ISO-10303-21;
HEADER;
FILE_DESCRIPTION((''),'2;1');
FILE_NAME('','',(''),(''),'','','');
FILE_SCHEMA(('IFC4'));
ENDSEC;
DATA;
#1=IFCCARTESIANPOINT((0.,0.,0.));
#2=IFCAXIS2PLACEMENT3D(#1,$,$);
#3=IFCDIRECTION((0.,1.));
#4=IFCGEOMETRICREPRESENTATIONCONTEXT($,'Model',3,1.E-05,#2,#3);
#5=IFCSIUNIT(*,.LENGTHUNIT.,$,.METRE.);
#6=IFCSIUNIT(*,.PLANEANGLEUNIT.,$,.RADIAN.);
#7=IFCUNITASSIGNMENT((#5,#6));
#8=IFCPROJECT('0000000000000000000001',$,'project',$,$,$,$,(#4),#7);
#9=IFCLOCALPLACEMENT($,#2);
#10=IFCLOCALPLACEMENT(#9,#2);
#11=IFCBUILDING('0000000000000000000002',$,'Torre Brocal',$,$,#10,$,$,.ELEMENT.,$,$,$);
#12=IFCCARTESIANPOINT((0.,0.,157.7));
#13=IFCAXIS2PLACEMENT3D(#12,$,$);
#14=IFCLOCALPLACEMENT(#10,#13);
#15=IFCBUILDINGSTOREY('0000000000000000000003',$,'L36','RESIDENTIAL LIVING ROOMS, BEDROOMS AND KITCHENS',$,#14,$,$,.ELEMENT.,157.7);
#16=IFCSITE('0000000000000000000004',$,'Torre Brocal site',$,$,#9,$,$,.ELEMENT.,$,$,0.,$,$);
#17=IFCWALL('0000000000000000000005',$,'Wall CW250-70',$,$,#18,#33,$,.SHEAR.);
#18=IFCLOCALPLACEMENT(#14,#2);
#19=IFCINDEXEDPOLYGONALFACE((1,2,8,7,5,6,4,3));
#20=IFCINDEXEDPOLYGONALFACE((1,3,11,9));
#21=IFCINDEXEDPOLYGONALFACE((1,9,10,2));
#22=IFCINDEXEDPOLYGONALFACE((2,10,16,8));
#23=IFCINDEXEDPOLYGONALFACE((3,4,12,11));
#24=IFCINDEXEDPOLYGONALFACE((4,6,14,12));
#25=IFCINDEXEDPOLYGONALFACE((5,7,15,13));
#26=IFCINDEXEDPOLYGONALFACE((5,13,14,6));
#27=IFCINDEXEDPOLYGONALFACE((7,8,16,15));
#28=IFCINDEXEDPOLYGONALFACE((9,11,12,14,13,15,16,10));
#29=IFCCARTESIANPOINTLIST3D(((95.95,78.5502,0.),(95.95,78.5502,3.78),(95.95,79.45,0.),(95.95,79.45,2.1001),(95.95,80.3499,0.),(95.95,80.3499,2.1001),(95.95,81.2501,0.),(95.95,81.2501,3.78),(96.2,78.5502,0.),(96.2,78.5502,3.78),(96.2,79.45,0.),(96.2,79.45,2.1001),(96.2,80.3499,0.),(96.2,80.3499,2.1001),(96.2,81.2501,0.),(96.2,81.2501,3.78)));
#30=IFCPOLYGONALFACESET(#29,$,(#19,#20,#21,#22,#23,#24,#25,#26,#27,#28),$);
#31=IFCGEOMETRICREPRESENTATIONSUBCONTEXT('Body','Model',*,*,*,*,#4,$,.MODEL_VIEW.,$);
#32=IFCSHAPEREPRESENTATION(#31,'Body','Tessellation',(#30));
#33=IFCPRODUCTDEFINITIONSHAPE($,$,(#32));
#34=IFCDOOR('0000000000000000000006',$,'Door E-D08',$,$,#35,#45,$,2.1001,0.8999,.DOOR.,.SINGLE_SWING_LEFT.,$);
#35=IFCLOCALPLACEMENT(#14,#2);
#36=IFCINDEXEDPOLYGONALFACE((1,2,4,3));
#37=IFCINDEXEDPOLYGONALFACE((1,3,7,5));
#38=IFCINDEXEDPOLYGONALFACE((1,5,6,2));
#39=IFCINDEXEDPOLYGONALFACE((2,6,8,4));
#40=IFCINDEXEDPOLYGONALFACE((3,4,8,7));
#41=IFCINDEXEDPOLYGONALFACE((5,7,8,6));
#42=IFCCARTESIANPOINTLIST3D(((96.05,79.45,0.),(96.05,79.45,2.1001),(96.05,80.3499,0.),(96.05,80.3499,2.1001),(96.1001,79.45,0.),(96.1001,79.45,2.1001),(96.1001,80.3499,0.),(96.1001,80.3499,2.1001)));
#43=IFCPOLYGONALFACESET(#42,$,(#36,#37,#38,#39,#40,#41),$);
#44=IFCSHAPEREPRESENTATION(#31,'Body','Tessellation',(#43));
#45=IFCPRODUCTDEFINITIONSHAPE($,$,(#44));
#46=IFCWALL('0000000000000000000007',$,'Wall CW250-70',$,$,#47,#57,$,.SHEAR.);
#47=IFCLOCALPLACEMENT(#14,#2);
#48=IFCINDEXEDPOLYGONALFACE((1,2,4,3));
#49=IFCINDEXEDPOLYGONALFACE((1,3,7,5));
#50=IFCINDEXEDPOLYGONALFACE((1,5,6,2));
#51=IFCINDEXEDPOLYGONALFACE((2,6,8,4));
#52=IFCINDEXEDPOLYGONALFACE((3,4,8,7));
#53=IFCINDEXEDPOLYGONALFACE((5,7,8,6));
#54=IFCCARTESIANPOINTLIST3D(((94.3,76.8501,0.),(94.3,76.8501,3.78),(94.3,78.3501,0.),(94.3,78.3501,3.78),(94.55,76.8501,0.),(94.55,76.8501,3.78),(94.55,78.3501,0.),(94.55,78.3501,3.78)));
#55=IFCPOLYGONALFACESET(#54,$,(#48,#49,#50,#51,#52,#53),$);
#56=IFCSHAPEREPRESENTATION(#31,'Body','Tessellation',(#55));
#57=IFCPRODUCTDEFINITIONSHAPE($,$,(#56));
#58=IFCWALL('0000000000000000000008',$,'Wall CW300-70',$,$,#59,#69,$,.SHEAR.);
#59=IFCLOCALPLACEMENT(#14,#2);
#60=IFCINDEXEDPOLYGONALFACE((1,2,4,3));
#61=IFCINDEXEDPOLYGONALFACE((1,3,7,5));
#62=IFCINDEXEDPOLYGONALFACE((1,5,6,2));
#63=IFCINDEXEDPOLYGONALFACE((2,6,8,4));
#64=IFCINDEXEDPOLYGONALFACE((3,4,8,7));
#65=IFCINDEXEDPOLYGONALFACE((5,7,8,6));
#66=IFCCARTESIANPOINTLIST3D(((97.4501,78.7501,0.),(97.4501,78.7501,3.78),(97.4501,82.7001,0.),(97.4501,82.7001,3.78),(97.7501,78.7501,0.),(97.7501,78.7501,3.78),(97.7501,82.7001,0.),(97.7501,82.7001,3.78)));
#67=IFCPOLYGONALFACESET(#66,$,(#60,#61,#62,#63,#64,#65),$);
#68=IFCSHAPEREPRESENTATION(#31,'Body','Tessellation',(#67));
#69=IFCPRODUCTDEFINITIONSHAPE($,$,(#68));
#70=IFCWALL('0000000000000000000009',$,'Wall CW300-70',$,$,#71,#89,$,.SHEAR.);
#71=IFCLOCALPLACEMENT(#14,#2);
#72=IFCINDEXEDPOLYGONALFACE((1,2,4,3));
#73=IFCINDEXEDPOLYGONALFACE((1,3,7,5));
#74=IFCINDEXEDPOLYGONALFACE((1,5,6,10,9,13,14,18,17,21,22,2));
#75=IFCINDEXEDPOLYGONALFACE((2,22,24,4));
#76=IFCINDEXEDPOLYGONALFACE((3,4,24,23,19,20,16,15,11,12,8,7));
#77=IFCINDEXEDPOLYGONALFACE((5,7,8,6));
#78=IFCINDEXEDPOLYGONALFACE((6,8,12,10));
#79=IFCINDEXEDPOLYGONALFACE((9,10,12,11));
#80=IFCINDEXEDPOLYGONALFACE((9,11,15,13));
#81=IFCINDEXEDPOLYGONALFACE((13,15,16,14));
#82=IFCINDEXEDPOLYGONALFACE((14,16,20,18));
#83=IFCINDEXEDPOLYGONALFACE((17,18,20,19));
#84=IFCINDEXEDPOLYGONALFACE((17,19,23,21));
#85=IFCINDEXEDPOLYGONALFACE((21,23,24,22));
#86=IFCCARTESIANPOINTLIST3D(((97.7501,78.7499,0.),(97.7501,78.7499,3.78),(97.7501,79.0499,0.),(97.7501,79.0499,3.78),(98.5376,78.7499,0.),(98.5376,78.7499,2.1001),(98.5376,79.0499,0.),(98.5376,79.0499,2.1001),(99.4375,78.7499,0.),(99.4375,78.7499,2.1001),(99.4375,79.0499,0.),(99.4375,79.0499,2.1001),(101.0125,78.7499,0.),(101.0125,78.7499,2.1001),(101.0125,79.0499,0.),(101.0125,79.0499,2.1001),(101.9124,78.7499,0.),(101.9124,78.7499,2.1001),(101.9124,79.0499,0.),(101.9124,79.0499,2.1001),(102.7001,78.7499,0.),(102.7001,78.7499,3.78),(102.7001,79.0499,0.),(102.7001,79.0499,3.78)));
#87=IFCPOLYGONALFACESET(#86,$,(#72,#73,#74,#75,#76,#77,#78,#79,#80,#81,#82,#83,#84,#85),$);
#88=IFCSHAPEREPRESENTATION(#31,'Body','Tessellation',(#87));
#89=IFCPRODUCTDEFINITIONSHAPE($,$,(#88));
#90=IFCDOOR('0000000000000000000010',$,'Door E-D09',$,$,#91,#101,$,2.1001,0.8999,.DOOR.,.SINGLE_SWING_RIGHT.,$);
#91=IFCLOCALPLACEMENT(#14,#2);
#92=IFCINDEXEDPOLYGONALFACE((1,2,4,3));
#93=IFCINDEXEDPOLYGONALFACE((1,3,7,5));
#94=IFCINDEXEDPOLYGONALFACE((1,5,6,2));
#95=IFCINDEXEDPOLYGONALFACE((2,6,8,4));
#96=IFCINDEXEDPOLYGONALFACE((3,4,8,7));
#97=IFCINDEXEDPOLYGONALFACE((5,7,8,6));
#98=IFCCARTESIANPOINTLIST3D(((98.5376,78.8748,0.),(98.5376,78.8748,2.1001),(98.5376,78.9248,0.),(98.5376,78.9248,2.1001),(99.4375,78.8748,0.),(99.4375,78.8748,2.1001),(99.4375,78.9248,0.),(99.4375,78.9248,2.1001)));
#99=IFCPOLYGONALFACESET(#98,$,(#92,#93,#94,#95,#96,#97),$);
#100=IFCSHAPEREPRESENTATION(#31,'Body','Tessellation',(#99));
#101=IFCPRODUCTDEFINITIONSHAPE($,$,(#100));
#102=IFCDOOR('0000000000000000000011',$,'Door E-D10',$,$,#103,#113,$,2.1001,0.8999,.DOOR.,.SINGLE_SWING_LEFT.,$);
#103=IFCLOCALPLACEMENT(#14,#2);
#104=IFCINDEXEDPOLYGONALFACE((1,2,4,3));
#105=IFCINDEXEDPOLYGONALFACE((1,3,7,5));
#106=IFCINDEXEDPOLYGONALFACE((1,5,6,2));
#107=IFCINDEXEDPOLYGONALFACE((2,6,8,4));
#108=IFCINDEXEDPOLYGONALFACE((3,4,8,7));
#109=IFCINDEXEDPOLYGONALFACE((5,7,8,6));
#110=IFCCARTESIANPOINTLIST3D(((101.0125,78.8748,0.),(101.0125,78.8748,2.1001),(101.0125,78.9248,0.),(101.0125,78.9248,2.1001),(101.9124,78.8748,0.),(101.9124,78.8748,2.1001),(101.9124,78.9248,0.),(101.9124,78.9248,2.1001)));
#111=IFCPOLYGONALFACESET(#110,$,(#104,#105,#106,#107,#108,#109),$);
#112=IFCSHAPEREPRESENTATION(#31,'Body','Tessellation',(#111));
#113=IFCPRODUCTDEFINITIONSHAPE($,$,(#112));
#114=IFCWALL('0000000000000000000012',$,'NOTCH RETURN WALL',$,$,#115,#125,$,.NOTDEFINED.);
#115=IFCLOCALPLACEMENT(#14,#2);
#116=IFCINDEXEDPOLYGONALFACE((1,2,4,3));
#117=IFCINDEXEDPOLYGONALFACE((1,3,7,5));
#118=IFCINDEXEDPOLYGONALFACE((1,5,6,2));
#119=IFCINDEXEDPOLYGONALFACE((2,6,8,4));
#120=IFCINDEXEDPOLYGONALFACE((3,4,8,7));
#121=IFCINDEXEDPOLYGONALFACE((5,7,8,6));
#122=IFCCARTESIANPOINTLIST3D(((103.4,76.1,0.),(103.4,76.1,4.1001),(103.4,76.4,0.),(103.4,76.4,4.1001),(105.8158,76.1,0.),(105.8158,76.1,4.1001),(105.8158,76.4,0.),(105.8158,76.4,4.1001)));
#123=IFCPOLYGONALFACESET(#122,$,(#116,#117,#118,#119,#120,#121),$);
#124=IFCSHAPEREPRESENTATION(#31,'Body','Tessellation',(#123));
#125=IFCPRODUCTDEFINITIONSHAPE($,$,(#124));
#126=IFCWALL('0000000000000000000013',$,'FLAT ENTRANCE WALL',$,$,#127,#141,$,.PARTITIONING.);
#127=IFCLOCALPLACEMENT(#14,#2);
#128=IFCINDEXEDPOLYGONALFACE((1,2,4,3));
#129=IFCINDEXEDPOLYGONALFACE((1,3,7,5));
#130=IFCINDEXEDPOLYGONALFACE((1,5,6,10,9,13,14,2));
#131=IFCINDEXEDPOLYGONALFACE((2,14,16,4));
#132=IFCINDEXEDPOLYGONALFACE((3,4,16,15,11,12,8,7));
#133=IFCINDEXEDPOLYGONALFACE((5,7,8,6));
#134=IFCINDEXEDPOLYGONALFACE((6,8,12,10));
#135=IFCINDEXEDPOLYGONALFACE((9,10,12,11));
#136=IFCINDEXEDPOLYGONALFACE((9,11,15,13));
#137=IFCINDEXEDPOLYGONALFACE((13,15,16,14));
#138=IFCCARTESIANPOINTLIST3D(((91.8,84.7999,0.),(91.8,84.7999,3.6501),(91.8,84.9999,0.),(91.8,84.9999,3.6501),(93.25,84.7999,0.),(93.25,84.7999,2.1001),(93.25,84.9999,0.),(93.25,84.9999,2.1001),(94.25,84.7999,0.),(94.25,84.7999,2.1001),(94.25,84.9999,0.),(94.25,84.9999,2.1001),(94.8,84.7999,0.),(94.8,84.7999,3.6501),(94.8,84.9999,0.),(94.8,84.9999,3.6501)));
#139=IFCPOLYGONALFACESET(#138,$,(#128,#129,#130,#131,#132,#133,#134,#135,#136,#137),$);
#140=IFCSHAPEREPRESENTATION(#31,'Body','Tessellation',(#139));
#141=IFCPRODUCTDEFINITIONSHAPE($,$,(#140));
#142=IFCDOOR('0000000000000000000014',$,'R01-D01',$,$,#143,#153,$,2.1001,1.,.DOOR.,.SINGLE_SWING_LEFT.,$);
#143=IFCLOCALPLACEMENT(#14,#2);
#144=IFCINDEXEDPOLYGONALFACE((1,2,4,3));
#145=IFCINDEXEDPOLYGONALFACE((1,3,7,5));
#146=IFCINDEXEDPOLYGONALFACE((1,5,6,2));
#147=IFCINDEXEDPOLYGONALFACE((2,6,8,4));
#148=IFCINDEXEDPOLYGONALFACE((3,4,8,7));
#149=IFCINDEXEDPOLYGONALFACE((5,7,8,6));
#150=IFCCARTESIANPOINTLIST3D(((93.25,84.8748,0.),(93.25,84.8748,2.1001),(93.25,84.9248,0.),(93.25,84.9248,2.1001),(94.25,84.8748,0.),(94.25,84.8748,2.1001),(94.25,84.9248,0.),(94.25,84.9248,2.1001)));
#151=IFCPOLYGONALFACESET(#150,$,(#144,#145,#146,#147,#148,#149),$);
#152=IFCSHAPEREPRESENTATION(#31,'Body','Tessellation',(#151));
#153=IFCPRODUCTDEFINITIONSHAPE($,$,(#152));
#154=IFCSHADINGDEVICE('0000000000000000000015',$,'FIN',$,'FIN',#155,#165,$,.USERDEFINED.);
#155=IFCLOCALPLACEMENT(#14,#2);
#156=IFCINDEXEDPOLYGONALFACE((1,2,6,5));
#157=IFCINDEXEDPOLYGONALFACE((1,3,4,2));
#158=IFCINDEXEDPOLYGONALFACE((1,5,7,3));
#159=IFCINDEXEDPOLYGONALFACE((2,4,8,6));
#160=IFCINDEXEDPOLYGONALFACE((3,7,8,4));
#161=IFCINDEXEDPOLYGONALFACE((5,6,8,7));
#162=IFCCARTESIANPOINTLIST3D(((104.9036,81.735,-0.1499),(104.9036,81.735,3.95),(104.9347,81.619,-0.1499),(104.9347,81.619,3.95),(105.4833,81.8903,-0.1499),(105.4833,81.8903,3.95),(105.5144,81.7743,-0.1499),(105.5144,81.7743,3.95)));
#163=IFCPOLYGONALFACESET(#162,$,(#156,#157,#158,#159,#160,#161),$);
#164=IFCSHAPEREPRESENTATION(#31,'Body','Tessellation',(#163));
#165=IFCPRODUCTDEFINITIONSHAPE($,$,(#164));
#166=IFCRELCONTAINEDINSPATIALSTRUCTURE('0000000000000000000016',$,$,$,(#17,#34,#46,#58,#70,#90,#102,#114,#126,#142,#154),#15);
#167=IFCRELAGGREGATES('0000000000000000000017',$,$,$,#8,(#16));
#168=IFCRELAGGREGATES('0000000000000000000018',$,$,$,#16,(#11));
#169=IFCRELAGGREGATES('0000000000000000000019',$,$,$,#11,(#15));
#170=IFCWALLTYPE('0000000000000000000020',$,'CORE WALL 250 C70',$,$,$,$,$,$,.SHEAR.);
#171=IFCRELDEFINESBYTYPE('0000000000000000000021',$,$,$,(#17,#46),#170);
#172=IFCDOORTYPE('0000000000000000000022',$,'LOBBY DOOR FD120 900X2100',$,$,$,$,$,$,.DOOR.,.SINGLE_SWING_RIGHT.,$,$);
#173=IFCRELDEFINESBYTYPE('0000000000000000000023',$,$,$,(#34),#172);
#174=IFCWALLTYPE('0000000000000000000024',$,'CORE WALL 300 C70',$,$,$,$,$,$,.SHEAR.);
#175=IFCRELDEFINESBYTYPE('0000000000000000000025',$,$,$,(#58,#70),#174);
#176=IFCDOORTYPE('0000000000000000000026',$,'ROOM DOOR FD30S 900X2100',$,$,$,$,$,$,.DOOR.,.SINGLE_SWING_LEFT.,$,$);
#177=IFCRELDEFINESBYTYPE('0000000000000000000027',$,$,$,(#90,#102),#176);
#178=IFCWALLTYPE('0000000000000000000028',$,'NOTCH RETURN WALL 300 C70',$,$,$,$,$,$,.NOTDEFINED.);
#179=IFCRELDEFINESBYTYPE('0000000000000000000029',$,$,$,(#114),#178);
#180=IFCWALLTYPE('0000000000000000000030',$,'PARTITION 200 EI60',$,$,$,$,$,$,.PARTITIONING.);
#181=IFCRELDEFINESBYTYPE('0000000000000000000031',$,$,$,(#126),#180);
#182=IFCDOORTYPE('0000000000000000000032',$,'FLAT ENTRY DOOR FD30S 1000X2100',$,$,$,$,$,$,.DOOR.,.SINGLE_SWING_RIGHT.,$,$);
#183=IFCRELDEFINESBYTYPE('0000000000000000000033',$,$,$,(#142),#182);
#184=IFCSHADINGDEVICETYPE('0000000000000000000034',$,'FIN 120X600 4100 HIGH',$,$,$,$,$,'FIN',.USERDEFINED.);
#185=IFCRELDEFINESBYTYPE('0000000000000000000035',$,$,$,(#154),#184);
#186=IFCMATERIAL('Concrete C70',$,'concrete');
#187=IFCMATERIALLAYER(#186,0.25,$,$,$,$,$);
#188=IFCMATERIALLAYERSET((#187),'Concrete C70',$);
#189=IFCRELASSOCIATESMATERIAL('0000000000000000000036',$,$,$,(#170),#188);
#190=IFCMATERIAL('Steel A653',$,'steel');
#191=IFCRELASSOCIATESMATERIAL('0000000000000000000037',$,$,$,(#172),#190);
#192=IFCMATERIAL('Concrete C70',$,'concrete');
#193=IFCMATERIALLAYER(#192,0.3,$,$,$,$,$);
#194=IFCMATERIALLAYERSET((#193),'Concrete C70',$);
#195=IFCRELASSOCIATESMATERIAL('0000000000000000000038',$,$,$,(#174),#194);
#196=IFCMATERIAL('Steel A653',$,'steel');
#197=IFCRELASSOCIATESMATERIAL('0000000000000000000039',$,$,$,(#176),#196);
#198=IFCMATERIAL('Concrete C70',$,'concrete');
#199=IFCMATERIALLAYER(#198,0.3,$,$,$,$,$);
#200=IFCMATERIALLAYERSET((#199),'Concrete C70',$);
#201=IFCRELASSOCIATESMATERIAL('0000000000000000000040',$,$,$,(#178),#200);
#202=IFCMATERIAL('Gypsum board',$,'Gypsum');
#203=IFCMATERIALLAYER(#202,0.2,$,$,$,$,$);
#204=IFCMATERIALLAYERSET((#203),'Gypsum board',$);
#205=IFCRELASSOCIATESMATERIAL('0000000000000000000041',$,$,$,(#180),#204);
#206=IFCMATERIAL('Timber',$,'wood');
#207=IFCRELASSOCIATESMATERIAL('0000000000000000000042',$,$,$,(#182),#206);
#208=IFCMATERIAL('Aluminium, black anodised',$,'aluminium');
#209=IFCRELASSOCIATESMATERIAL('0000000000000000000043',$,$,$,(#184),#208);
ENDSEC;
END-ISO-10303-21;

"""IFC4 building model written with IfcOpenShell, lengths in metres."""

from ifc_helpers import new_model, si_unit, direction, frame, frame_2d, origin, origin_2d, place, context, subcontext, project, spatial, rectangle, extrude, material, layer, layer_set, material_profile, profile_set, type_object, element, fill, save


model = new_model("IFC4")

# Units and contexts
model_context = context("Model", 3, precision=1e-05, world=origin(), true_north=direction((0.0, 1.0)))
body_context = subcontext(model_context, "Body", "Model", "MODEL_VIEW")
ifc_project = project(units=[si_unit("LENGTHUNIT", "METRE"), si_unit("PLANEANGLEUNIT", "RADIAN")], contexts=[model_context])

# Site, building, storey
site_placement = place(None, origin())
site = spatial("IfcSite", under=ifc_project, at=site_placement, Name="Torre Brocal site", CompositionType="ELEMENT", RefElevation=0.0)
building_placement = place(site_placement, origin())
building = spatial("IfcBuilding", under=site, at=building_placement, Name="Torre Brocal", CompositionType="ELEMENT")
storey_placement = place(building_placement, frame((0.0, 0.0, 157.7)))
storey = spatial("IfcBuildingStorey", under=building, at=storey_placement, Name="L36", Description="RESIDENTIAL LIVING ROOMS, BEDROOMS AND KITCHENS", CompositionType="ELEMENT", Elevation=157.7)

# Wall, opening, door
ifc_material_1 = material(Name="Concrete C70", Category="concrete")
ifc_layer_1 = layer(ifc_material_1, 0.25)
ifc_layer_set_1 = layer_set([ifc_layer_1], Name="Concrete C70")
wall_type_1 = type_object("IfcWallType", Name="CORE WALL 250 C70", PredefinedType="SHEAR", material=ifc_layer_set_1)
wall_1_placement = place(storey_placement, frame((96.075, 78.55, 0.0), z_axis=(0.0, 0.0, 1.0), x_axis=(0.0, 1.0, 0.0)))
wall_1 = element("IfcWall", 1, at=wall_1_placement, inside=storey, type_object=wall_type_1, Name="Wall CW250-70", PredefinedType="SHEAR", context=body_context, shape_type="SweptSolid", body=[
    extrude(rectangle(XDim=2.7, YDim=0.25, at=frame_2d((1.3501, 0.0))), origin(), (0.0, 0.0, 1.0), 3.78),
])
opening_1_placement = place(wall_1_placement, frame((0.8999, 0.0, 0.0)))
opening_1 = element("IfcOpeningElement", 2, at=opening_1_placement, cuts=wall_1, PredefinedType="OPENING", context=body_context, shape_type="SweptSolid", body=[
    extrude(rectangle(XDim=0.8999, YDim=2.1001, at=frame_2d((0.45, 1.05))), frame((0.0, 0.135, 0.0), z_axis=(0.0, -1.0, 0.0), x_axis=(1.0, 0.0, 0.0)), (0.0, 0.0, 1.0), 0.27),
])
ifc_material_2 = material(Name="Steel A653", Category="steel")
door_type_1 = type_object("IfcDoorType", Name="LOBBY DOOR FD120 900X2100", OperationType="SINGLE_SWING_RIGHT", PredefinedType="DOOR", material=ifc_material_2)
door_1_placement = place(opening_1_placement, origin())
door_1 = element("IfcDoor", 3, at=door_1_placement, inside=storey, type_object=door_type_1, Name="Door E-D08", OperationType="SINGLE_SWING_LEFT", OverallHeight=2.1001, OverallWidth=0.8999, PredefinedType="DOOR", context=body_context, shape_type="SweptSolid", body=[
    extrude(rectangle(XDim=0.8999, YDim=2.1001, at=frame_2d((0.45, 1.05))), frame((0.0, 0.0249, 0.0), z_axis=(0.0, -1.0, 0.0), x_axis=(1.0, 0.0, 0.0)), (0.0, 0.0, 1.0), 0.05),
])
fill(opening_1, door_1)

# Walls
wall_2_placement = place(storey_placement, frame((94.425, 76.8501, 0.0), z_axis=(0.0, 0.0, 1.0), x_axis=(0.0, 1.0, 0.0)))
element("IfcWall", 4, at=wall_2_placement, inside=storey, type_object=wall_type_1, Name="Wall CW250-70", PredefinedType="SHEAR", context=body_context, shape_type="SweptSolid", body=[
    extrude(rectangle(XDim=1.5, YDim=0.25, at=frame_2d((0.75, 0.0))), origin(), (0.0, 0.0, 1.0), 3.78),
])
ifc_material_3 = material(Name="Concrete C70", Category="concrete")
ifc_layer_2 = layer(ifc_material_3, 0.3)
ifc_layer_set_2 = layer_set([ifc_layer_2], Name="Concrete C70")
wall_type_2 = type_object("IfcWallType", Name="CORE WALL 300 C70", PredefinedType="SHEAR", material=ifc_layer_set_2)
wall_3_placement = place(storey_placement, frame((97.6001, 78.75, 0.0), z_axis=(0.0, 0.0, 1.0), x_axis=(0.0, 1.0, 0.0)))
element("IfcWall", 5, at=wall_3_placement, inside=storey, type_object=wall_type_2, Name="Wall CW300-70", PredefinedType="SHEAR", context=body_context, shape_type="SweptSolid", body=[
    extrude(rectangle(XDim=3.95, YDim=0.3, at=frame_2d((1.9751, 0.0))), origin(), (0.0, 0.0, 1.0), 3.78),
])

# Wall, openings, doors
wall_4_placement = place(storey_placement, frame((97.75, 78.8999, 0.0), z_axis=(0.0, 0.0, 1.0), x_axis=(1.0, 0.0, 0.0)))
wall_4 = element("IfcWall", 6, at=wall_4_placement, inside=storey, type_object=wall_type_2, Name="Wall CW300-70", PredefinedType="SHEAR", context=body_context, shape_type="SweptSolid", body=[
    extrude(rectangle(XDim=4.95, YDim=0.3, at=frame_2d((2.4751, 0.0))), origin(), (0.0, 0.0, 1.0), 3.78),
])
opening_2_placement = place(wall_4_placement, frame((0.7876, 0.0, 0.0)))
opening_2 = element("IfcOpeningElement", 7, at=opening_2_placement, cuts=wall_4, PredefinedType="OPENING", context=body_context, shape_type="SweptSolid", body=[
    extrude(rectangle(XDim=0.8999, YDim=2.1001, at=frame_2d((0.45, 1.05))), frame((0.0, 0.1599, 0.0), z_axis=(0.0, -1.0, 0.0), x_axis=(1.0, 0.0, 0.0)), (0.0, 0.0, 1.0), 0.3201),
])
opening_3_placement = place(wall_4_placement, frame((3.2625, 0.0, 0.0)))
opening_3 = element("IfcOpeningElement", 8, at=opening_3_placement, cuts=wall_4, PredefinedType="OPENING", context=body_context, shape_type="SweptSolid", body=[
    extrude(rectangle(XDim=0.8999, YDim=2.1001, at=frame_2d((0.45, 1.05))), frame((0.0, 0.1599, 0.0), z_axis=(0.0, -1.0, 0.0), x_axis=(1.0, 0.0, 0.0)), (0.0, 0.0, 1.0), 0.3201),
])
ifc_material_4 = material(Name="Steel A653", Category="steel")
door_type_2 = type_object("IfcDoorType", Name="ROOM DOOR FD30S 900X2100", OperationType="SINGLE_SWING_LEFT", PredefinedType="DOOR", material=ifc_material_4)
door_2_placement = place(opening_2_placement, origin())
door_2 = element("IfcDoor", 9, at=door_2_placement, inside=storey, type_object=door_type_2, Name="Door E-D09", OperationType="SINGLE_SWING_RIGHT", OverallHeight=2.1001, OverallWidth=0.8999, PredefinedType="DOOR", context=body_context, shape_type="SweptSolid", body=[
    extrude(rectangle(XDim=0.8999, YDim=2.1001, at=frame_2d((0.45, 1.05))), frame((0.0, 0.0249, 0.0), z_axis=(0.0, -1.0, 0.0), x_axis=(1.0, 0.0, 0.0)), (0.0, 0.0, 1.0), 0.05),
])
fill(opening_2, door_2)
door_3_placement = place(opening_3_placement, origin())
door_3 = element("IfcDoor", 10, at=door_3_placement, inside=storey, type_object=door_type_2, Name="Door E-D10", OperationType="SINGLE_SWING_LEFT", OverallHeight=2.1001, OverallWidth=0.8999, PredefinedType="DOOR", context=body_context, shape_type="SweptSolid", body=[
    extrude(rectangle(XDim=0.8999, YDim=2.1001, at=frame_2d((0.45, 1.05))), frame((0.0, 0.0249, 0.0), z_axis=(0.0, -1.0, 0.0), x_axis=(1.0, 0.0, 0.0)), (0.0, 0.0, 1.0), 0.05),
])
fill(opening_3, door_3)

# Wall
ifc_material_5 = material(Name="Concrete C70", Category="concrete")
ifc_layer_3 = layer(ifc_material_5, 0.3)
ifc_layer_set_3 = layer_set([ifc_layer_3], Name="Concrete C70")
wall_type_3 = type_object("IfcWallType", Name="NOTCH RETURN WALL 300 C70", PredefinedType="NOTDEFINED", material=ifc_layer_set_3)
wall_5_placement = place(storey_placement, frame((103.3999, 76.25, 0.0), z_axis=(0.0, 0.0, 1.0), x_axis=(1.0, 0.0, 0.0)))
element("IfcWall", 11, at=wall_5_placement, inside=storey, type_object=wall_type_3, Name="NOTCH RETURN WALL", PredefinedType="NOTDEFINED", context=body_context, shape_type="SweptSolid", body=[
    extrude(rectangle(XDim=2.4158, YDim=0.3, at=frame_2d((1.208, 0.0))), origin(), (0.0, 0.0, 1.0), 4.1001),
])

# Wall, opening, door
ifc_material_6 = material(Name="Gypsum board", Category="Gypsum")
ifc_layer_4 = layer(ifc_material_6, 0.2)
ifc_layer_set_4 = layer_set([ifc_layer_4], Name="Gypsum board")
wall_type_4 = type_object("IfcWallType", Name="PARTITION 200 EI60", PredefinedType="PARTITIONING", material=ifc_layer_set_4)
wall_6_placement = place(storey_placement, frame((91.8, 84.8999, 0.0), z_axis=(0.0, 0.0, 1.0), x_axis=(1.0, 0.0, 0.0)))
wall_6 = element("IfcWall", 12, at=wall_6_placement, inside=storey, type_object=wall_type_4, Name="FLAT ENTRANCE WALL", PredefinedType="PARTITIONING", context=body_context, shape_type="SweptSolid", body=[
    extrude(rectangle(XDim=3.0, YDim=0.2, at=frame_2d((1.5, 0.0))), origin(), (0.0, 0.0, 1.0), 3.6501),
])
opening_4_placement = place(wall_6_placement, frame((1.45, 0.0, 0.0)))
opening_4 = element("IfcOpeningElement", 13, at=opening_4_placement, cuts=wall_6, PredefinedType="OPENING", context=body_context, shape_type="SweptSolid", body=[
    extrude(rectangle(XDim=1.0, YDim=2.1001, at=frame_2d((0.5, 1.05))), frame((0.0, 0.1099, 0.0), z_axis=(0.0, -1.0, 0.0), x_axis=(1.0, 0.0, 0.0)), (0.0, 0.0, 1.0), 0.22),
])
ifc_material_7 = material(Name="Timber", Category="wood")
door_type_3 = type_object("IfcDoorType", Name="FLAT ENTRY DOOR FD30S 1000X2100", OperationType="SINGLE_SWING_RIGHT", PredefinedType="DOOR", material=ifc_material_7)
door_4_placement = place(opening_4_placement, origin())
door_4 = element("IfcDoor", 14, at=door_4_placement, inside=storey, type_object=door_type_3, Name="R01-D01", OperationType="SINGLE_SWING_LEFT", OverallHeight=2.1001, OverallWidth=1.0, PredefinedType="DOOR", context=body_context, shape_type="SweptSolid", body=[
    extrude(rectangle(XDim=1.0, YDim=2.1001, at=frame_2d((0.5, 1.05))), frame((0.0, 0.0249, 0.0), z_axis=(0.0, -1.0, 0.0), x_axis=(1.0, 0.0, 0.0)), (0.0, 0.0, 1.0), 0.05),
])
fill(opening_4, door_4)

# Shading device
ifc_material_8 = material(Name="Aluminium, black anodised", Category="aluminium")
ifc_material_profile_1 = material_profile(ifc_material_8, rectangle(XDim=0.1201, YDim=0.6001, at=origin_2d()), Name="FIN 120X600 4100 HIGH")
ifc_profile_set_1 = profile_set([ifc_material_profile_1], Name="Aluminium, black anodised")
shading_device_type = type_object("IfcShadingDeviceType", Name="FIN 120X600 4100 HIGH", ElementType="FIN", PredefinedType="USERDEFINED", material=ifc_profile_set_1)
shading_device_placement = place(storey_placement, frame((105.209, 81.7546, -0.1499), z_axis=(0.0, 0.0, 1.0), x_axis=(-0.258819, 0.965926, 0.0)))
element("IfcShadingDevice", 15, at=shading_device_placement, inside=storey, type_object=shading_device_type, Name="FIN", ObjectType="FIN", PredefinedType="USERDEFINED", context=body_context, shape_type="SweptSolid", body=[
    extrude(rectangle(XDim=0.1201, YDim=0.6001, at=origin_2d()), origin(), (0.0, 0.0, 1.0), 4.0999),
])

save(model, "model.ifc")
